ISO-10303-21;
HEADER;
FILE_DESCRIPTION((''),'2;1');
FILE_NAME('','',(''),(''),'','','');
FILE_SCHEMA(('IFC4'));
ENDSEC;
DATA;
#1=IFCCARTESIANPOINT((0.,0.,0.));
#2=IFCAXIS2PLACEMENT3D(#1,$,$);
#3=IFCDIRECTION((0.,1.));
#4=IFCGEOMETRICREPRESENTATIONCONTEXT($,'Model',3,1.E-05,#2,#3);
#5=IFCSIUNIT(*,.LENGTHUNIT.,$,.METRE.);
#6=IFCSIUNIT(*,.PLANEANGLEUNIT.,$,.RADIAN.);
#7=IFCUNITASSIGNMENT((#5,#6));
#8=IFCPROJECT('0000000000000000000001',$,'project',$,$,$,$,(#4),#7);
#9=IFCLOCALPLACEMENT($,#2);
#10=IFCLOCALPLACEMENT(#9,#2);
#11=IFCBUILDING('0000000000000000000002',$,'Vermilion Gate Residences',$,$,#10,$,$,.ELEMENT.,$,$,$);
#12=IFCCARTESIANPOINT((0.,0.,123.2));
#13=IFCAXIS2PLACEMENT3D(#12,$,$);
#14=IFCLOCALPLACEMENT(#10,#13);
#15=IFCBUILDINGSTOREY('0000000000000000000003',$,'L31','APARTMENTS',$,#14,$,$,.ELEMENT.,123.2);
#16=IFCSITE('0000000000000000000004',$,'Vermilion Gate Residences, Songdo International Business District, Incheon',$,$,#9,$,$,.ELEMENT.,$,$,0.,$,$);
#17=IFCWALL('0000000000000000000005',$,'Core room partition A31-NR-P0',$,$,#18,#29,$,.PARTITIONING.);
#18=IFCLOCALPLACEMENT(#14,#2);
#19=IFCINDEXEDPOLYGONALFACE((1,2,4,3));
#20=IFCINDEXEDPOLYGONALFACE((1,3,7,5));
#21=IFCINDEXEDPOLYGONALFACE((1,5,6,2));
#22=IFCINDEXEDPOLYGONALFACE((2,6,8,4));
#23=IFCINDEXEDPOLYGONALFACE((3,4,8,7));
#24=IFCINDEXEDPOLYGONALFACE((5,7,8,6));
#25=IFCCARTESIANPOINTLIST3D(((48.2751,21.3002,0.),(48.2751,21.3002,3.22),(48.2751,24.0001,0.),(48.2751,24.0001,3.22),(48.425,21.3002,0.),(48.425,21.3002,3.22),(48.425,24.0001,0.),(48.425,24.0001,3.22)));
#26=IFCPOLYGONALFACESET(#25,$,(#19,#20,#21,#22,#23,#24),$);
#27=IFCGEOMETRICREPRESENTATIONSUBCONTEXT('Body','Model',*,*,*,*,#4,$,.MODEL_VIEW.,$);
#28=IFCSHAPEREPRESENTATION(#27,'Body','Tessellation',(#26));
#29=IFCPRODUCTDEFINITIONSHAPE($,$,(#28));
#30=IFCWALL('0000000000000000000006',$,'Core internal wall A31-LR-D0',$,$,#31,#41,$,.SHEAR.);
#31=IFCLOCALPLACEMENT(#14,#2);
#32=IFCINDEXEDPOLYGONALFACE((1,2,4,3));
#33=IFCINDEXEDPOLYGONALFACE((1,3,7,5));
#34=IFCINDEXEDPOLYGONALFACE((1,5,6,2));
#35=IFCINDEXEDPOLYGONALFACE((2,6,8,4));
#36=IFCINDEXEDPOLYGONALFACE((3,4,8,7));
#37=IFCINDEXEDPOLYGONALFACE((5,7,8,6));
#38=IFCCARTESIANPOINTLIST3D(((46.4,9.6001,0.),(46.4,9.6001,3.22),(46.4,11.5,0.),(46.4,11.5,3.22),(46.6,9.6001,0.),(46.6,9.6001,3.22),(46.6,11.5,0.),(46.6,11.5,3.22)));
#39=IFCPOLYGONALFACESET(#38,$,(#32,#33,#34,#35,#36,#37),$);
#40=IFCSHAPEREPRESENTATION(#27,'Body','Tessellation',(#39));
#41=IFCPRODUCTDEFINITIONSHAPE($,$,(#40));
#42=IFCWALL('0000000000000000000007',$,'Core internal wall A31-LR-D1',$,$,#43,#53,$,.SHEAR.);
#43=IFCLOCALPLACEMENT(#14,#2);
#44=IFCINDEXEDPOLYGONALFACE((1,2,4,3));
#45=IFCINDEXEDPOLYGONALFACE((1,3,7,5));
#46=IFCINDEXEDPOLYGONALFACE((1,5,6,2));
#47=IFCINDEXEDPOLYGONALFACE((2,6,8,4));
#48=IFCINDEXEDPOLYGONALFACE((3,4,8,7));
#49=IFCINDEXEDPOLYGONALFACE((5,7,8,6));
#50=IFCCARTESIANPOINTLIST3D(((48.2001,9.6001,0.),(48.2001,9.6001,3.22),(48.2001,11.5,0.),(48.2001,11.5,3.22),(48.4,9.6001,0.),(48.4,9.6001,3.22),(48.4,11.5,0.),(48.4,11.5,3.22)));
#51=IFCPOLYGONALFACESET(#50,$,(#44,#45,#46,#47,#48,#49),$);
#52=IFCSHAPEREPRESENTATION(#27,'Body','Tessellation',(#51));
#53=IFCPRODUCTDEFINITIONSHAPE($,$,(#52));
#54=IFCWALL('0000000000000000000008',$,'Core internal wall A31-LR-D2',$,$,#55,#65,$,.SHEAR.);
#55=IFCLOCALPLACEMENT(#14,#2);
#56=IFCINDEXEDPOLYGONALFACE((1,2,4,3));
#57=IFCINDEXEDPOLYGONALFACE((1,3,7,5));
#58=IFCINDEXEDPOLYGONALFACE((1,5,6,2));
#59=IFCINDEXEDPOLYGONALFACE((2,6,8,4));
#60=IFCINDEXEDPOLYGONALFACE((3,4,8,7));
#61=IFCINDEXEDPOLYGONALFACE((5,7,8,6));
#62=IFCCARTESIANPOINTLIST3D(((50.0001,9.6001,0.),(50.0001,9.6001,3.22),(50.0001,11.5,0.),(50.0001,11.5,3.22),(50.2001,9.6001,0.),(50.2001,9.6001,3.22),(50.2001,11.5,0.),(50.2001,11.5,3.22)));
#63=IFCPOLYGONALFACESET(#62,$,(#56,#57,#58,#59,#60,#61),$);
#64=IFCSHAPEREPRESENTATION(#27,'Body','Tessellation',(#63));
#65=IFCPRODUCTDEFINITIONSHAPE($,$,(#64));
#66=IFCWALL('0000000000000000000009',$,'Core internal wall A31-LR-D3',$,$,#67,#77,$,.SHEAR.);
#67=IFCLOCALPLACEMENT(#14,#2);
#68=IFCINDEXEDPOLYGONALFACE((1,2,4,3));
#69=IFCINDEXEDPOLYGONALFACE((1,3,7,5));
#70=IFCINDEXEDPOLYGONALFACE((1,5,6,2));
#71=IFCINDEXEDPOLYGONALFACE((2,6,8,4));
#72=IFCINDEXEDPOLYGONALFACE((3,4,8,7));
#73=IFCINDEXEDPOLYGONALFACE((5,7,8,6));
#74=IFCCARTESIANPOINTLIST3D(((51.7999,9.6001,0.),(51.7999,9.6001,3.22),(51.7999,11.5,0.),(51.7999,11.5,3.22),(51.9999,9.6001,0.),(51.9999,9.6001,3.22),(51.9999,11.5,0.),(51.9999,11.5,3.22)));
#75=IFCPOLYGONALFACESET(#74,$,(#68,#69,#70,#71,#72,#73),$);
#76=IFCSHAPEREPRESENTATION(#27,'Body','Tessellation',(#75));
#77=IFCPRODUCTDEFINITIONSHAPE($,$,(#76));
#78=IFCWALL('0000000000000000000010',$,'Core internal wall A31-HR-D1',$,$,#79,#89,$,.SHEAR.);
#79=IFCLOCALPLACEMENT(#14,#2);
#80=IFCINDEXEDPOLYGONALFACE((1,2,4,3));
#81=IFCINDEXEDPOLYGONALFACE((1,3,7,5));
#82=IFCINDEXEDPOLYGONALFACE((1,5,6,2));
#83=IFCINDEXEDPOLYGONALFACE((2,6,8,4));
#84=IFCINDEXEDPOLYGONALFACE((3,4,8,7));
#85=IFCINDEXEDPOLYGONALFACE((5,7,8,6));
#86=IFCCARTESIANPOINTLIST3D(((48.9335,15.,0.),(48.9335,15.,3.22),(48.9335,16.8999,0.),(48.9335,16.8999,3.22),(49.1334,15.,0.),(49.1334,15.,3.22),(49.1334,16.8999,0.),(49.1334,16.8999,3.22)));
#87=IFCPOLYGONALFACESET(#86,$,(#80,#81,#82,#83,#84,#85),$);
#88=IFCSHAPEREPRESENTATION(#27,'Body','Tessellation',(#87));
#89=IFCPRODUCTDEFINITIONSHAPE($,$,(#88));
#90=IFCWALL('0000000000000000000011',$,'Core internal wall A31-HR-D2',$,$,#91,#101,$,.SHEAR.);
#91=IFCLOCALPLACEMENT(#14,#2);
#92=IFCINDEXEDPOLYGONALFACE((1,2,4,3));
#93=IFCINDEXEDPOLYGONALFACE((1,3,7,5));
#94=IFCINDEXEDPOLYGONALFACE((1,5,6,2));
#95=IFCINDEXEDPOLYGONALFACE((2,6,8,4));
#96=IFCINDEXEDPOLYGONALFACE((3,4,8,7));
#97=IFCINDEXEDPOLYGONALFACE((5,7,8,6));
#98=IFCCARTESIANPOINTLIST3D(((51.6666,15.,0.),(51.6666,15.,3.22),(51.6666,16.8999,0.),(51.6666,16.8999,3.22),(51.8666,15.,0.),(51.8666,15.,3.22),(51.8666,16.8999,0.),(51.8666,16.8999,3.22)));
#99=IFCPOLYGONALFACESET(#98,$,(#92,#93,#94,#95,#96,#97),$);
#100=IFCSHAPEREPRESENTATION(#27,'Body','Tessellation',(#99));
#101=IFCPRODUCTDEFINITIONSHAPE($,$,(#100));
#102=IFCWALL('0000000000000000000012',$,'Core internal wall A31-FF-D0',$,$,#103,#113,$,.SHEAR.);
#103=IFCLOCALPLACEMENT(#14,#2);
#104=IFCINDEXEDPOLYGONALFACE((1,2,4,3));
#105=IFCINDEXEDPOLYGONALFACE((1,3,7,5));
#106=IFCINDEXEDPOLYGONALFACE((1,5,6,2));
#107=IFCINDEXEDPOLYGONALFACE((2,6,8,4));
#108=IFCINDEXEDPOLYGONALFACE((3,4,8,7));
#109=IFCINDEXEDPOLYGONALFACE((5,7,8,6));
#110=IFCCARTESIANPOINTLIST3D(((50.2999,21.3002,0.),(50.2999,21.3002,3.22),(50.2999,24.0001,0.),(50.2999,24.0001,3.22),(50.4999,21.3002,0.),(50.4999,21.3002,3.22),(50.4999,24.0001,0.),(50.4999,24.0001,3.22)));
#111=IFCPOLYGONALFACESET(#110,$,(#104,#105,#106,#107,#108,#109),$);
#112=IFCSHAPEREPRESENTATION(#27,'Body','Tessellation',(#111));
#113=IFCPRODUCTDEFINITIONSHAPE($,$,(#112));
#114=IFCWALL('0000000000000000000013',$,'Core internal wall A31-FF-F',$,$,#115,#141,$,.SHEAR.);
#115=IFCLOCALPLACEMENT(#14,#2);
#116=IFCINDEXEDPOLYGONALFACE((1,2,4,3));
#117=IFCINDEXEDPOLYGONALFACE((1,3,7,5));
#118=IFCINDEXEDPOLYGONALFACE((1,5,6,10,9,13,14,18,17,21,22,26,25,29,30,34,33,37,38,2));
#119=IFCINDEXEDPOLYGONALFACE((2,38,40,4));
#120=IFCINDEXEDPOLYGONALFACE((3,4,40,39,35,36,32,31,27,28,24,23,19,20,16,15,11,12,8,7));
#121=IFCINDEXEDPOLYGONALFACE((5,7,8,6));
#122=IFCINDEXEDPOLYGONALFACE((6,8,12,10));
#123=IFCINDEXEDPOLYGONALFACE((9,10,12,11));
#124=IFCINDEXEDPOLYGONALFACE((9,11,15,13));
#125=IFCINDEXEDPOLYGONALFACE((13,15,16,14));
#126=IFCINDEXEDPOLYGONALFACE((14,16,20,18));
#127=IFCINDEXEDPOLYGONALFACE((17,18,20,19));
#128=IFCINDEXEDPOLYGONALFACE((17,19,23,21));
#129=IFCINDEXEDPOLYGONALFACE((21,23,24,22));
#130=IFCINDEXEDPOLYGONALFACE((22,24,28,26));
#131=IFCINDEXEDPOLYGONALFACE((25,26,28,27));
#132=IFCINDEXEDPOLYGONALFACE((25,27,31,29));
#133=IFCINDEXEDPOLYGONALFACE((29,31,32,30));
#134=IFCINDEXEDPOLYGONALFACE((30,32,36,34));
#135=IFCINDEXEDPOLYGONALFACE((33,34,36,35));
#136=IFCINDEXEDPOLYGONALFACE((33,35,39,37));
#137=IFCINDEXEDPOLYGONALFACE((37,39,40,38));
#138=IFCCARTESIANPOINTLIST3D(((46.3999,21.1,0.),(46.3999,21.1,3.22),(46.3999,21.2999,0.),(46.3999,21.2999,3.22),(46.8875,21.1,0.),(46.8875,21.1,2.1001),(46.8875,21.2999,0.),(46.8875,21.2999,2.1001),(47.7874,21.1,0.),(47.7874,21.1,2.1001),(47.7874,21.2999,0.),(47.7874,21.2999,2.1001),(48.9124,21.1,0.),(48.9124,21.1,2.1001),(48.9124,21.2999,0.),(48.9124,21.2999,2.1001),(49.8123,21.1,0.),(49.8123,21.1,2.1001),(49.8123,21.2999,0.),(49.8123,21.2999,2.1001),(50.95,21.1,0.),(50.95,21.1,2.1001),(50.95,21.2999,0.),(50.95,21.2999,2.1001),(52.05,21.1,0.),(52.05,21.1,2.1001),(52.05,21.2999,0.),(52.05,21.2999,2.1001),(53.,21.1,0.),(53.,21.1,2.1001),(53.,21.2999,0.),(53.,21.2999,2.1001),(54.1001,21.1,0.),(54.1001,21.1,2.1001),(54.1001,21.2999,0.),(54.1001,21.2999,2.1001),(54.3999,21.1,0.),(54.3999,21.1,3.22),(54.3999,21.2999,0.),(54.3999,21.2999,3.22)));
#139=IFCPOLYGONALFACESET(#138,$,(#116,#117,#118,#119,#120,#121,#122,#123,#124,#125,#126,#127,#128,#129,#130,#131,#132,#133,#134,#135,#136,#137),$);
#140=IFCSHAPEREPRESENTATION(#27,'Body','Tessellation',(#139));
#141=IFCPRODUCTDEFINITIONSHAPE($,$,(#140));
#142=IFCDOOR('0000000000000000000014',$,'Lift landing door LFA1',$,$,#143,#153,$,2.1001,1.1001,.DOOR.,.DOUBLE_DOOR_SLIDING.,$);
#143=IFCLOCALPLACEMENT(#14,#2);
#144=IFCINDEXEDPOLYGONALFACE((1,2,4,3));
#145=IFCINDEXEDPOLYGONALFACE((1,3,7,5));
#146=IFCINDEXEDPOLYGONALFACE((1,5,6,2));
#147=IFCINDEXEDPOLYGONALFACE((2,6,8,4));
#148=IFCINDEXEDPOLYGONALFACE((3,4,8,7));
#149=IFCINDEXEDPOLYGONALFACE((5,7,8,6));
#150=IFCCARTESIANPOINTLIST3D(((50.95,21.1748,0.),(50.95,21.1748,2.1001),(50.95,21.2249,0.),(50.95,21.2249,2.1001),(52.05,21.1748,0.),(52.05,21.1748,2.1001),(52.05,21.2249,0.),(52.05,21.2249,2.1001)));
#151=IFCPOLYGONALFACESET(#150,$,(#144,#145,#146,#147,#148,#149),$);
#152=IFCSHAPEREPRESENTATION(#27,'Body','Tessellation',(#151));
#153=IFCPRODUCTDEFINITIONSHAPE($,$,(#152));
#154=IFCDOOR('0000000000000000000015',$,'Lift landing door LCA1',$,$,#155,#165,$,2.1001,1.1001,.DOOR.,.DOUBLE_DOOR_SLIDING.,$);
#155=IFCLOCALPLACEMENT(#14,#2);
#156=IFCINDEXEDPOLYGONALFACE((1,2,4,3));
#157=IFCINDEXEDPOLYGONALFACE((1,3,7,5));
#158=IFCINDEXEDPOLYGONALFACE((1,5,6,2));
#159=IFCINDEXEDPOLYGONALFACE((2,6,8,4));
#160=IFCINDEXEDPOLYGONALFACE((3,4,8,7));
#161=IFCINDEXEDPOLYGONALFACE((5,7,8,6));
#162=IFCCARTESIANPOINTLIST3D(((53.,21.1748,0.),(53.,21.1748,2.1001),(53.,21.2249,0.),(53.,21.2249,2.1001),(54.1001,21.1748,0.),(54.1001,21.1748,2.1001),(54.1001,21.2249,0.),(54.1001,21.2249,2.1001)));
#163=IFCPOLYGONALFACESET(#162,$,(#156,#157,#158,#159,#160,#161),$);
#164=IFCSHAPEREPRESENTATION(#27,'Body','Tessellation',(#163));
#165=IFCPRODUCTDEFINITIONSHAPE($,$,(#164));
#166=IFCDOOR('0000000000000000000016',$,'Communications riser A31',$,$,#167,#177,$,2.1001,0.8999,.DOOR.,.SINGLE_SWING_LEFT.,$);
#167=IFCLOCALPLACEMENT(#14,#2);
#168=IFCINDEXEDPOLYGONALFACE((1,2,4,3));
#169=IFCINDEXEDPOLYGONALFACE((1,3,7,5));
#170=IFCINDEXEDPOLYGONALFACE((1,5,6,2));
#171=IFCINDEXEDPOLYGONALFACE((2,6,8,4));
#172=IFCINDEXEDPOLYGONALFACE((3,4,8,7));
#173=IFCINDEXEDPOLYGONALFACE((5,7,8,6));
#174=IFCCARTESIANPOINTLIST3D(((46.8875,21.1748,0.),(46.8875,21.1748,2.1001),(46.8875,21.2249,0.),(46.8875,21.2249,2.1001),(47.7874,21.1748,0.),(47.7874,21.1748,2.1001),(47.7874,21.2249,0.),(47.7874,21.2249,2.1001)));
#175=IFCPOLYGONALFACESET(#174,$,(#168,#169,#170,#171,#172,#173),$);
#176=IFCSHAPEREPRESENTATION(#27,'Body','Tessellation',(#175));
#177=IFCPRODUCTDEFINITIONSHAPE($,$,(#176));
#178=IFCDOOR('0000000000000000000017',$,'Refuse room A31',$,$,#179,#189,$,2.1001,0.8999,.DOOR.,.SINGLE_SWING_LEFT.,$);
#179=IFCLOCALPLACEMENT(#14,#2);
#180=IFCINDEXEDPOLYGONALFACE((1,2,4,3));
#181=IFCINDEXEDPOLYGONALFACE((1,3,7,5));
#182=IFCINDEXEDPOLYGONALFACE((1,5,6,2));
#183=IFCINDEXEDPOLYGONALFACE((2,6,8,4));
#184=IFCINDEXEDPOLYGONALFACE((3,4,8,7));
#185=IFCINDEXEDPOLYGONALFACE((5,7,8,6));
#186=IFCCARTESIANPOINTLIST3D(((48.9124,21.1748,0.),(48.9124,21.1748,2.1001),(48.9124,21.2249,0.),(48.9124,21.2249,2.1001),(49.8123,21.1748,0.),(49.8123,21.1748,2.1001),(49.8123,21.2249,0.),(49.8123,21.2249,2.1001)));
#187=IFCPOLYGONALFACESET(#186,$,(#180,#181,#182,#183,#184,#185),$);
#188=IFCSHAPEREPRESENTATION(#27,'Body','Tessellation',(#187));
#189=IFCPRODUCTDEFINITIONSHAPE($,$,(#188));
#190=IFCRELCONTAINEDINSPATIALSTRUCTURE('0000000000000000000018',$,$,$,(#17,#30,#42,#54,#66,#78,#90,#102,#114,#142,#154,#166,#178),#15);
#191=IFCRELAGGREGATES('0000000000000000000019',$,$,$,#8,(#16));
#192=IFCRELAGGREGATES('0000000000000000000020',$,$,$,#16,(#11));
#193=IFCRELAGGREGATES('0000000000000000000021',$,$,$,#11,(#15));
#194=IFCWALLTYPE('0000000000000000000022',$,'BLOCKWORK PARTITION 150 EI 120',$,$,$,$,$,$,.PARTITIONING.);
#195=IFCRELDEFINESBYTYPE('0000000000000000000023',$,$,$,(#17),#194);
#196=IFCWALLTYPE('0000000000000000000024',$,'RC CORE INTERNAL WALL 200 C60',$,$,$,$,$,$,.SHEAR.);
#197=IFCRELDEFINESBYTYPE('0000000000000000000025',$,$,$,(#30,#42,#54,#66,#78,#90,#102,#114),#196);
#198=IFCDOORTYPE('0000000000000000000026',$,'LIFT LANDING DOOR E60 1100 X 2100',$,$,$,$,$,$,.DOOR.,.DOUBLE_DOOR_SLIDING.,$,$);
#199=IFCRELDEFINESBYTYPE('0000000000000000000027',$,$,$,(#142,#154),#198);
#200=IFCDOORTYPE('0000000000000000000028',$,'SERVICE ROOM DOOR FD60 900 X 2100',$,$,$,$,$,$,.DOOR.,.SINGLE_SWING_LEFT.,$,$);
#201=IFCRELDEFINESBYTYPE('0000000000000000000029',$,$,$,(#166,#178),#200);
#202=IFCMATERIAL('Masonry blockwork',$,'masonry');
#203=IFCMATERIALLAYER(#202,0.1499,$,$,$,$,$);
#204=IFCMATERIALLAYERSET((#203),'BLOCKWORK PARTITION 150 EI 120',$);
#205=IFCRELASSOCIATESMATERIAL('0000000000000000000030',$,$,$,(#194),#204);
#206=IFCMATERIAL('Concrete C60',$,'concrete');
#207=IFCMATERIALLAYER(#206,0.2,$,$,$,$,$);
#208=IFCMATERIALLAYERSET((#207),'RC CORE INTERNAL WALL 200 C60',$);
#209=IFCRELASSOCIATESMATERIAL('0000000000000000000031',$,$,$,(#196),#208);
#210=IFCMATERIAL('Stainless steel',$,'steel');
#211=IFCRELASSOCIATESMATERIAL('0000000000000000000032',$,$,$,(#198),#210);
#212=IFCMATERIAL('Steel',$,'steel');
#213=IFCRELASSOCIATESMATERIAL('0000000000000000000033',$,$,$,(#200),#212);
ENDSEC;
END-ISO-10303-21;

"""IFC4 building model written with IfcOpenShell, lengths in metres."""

from ifc_helpers import new_model, si_unit, direction, frame, frame_2d, origin, place, context, subcontext, project, spatial, rectangle, extrude, material, layer, layer_set, type_object, element, fill, save


model = new_model("IFC4")

# Units and contexts
model_context = context("Model", 3, precision=1e-05, world=origin(), true_north=direction((0.0, 1.0)))
body_context = subcontext(model_context, "Body", "Model", "MODEL_VIEW")
ifc_project = project(units=[si_unit("LENGTHUNIT", "METRE"), si_unit("PLANEANGLEUNIT", "RADIAN")], contexts=[model_context])

# Site, building, storey
site_placement = place(None, origin())
site = spatial("IfcSite", under=ifc_project, at=site_placement, Name="Vermilion Gate Residences, Songdo International Business District, Incheon", CompositionType="ELEMENT", RefElevation=0.0)
building_placement = place(site_placement, origin())
building = spatial("IfcBuilding", under=site, at=building_placement, Name="Vermilion Gate Residences", CompositionType="ELEMENT")
storey_placement = place(building_placement, frame((0.0, 0.0, 123.2)))
storey = spatial("IfcBuildingStorey", under=building, at=storey_placement, Name="L31", Description="APARTMENTS", CompositionType="ELEMENT", Elevation=123.2)

# Walls
ifc_material_1 = material(Name="Masonry blockwork", Category="masonry")
ifc_layer_1 = layer(ifc_material_1, 0.1499)
ifc_layer_set_1 = layer_set([ifc_layer_1], Name="BLOCKWORK PARTITION 150 EI 120")
wall_type_1 = type_object("IfcWallType", Name="BLOCKWORK PARTITION 150 EI 120", PredefinedType="PARTITIONING", material=ifc_layer_set_1)
wall_1_placement = place(storey_placement, frame((48.3501, 21.3, 0.0), z_axis=(0.0, 0.0, 1.0), x_axis=(0.0, 1.0, 0.0)))
element("IfcWall", 1, at=wall_1_placement, inside=storey, type_object=wall_type_1, Name="Core room partition A31-NR-P0", PredefinedType="PARTITIONING", context=body_context, shape_type="SweptSolid", body=[
    extrude(rectangle(XDim=2.7, YDim=0.1499, at=frame_2d((1.3501, 0.0))), origin(), (0.0, 0.0, 1.0), 3.22),
])
ifc_material_2 = material(Name="Concrete C60", Category="concrete")
ifc_layer_2 = layer(ifc_material_2, 0.2)
ifc_layer_set_2 = layer_set([ifc_layer_2], Name="RC CORE INTERNAL WALL 200 C60")
wall_type_2 = type_object("IfcWallType", Name="RC CORE INTERNAL WALL 200 C60", PredefinedType="SHEAR", material=ifc_layer_set_2)
for number, where, z_axis, x_axis, name in (
    (2, (46.5, 9.6001, 0.0), (0.0, 0.0, 1.0), (0.0, 1.0, 0.0), "Core internal wall A31-LR-D0"),
    (3, (48.3, 9.6001, 0.0), (0.0, 0.0, 1.0), (0.0, 1.0, 0.0), "Core internal wall A31-LR-D1"),
    (4, (50.1001, 9.6001, 0.0), (0.0, 0.0, 1.0), (0.0, 1.0, 0.0), "Core internal wall A31-LR-D2"),
    (5, (51.8999, 9.6001, 0.0), (0.0, 0.0, 1.0), (0.0, 1.0, 0.0), "Core internal wall A31-LR-D3"),
    (6, (49.0334, 15.0, 0.0), (0.0, 0.0, 1.0), (0.0, 1.0, 0.0), "Core internal wall A31-HR-D1"),
    (7, (51.7666, 15.0, 0.0), (0.0, 0.0, 1.0), (0.0, 1.0, 0.0), "Core internal wall A31-HR-D2"),
):
    element("IfcWall", number, at=place(storey_placement, frame(where, z_axis=z_axis, x_axis=x_axis)), inside=storey, type_object=wall_type_2, Name=name, PredefinedType="SHEAR", context=body_context, shape_type="SweptSolid", body=[
        extrude(rectangle(XDim=1.8999, YDim=0.2, at=frame_2d((0.95, 0.0))), origin(), (0.0, 0.0, 1.0), 3.22),
    ])
wall_2_placement = place(storey_placement, frame((50.3999, 21.3, 0.0), z_axis=(0.0, 0.0, 1.0), x_axis=(0.0, 1.0, 0.0)))
element("IfcWall", 8, at=wall_2_placement, inside=storey, type_object=wall_type_2, Name="Core internal wall A31-FF-D0", PredefinedType="SHEAR", context=body_context, shape_type="SweptSolid", body=[
    extrude(rectangle(XDim=2.7, YDim=0.2, at=frame_2d((1.3501, 0.0))), origin(), (0.0, 0.0, 1.0), 3.22),
])

# Wall, openings, doors
wall_3_placement = place(storey_placement, frame((46.3999, 21.2, 0.0), z_axis=(0.0, 0.0, 1.0), x_axis=(1.0, 0.0, 0.0)))
wall_3 = element("IfcWall", 9, at=wall_3_placement, inside=storey, type_object=wall_type_2, Name="Core internal wall A31-FF-F", PredefinedType="SHEAR", context=body_context, shape_type="SweptSolid", body=[
    extrude(rectangle(XDim=8.0, YDim=0.2, at=frame_2d((4.0, 0.0))), origin(), (0.0, 0.0, 1.0), 3.22),
])
opening_1_placement = place(wall_3_placement, frame((0.4875, 0.0, 0.0)))
opening_1 = element("IfcOpeningElement", 10, at=opening_1_placement, cuts=wall_3, PredefinedType="OPENING", context=body_context, shape_type="SweptSolid", body=[
    extrude(rectangle(XDim=0.8999, YDim=2.1001, at=frame_2d((0.45, 1.05))), frame((0.0, 0.1099, 0.0), z_axis=(0.0, -1.0, 0.0), x_axis=(1.0, 0.0, 0.0)), (0.0, 0.0, 1.0), 0.22),
])
opening_2_placement = place(wall_3_placement, frame((2.5125, 0.0, 0.0)))
opening_2 = element("IfcOpeningElement", 11, at=opening_2_placement, cuts=wall_3, PredefinedType="OPENING", context=body_context, shape_type="SweptSolid", body=[
    extrude(rectangle(XDim=0.8999, YDim=2.1001, at=frame_2d((0.45, 1.05))), frame((0.0, 0.1099, 0.0), z_axis=(0.0, -1.0, 0.0), x_axis=(1.0, 0.0, 0.0)), (0.0, 0.0, 1.0), 0.22),
])
opening_3_placement = place(wall_3_placement, frame((4.55, 0.0, 0.0)))
opening_3 = element("IfcOpeningElement", 12, at=opening_3_placement, cuts=wall_3, PredefinedType="OPENING", context=body_context, shape_type="SweptSolid", body=[
    extrude(rectangle(XDim=1.1001, YDim=2.1001, at=frame_2d((0.55, 1.05))), frame((0.0, 0.1099, 0.0), z_axis=(0.0, -1.0, 0.0), x_axis=(1.0, 0.0, 0.0)), (0.0, 0.0, 1.0), 0.22),
])
opening_4_placement = place(wall_3_placement, frame((6.6001, 0.0, 0.0)))
opening_4 = element("IfcOpeningElement", 13, at=opening_4_placement, cuts=wall_3, PredefinedType="OPENING", context=body_context, shape_type="SweptSolid", body=[
    extrude(rectangle(XDim=1.1001, YDim=2.1001, at=frame_2d((0.55, 1.05))), frame((0.0, 0.1099, 0.0), z_axis=(0.0, -1.0, 0.0), x_axis=(1.0, 0.0, 0.0)), (0.0, 0.0, 1.0), 0.22),
])
ifc_material_3 = material(Name="Stainless steel", Category="steel")
door_type_1 = type_object("IfcDoorType", Name="LIFT LANDING DOOR E60 1100 X 2100", OperationType="DOUBLE_DOOR_SLIDING", PredefinedType="DOOR", material=ifc_material_3)
door_1_placement = place(opening_3_placement, origin())
door_1 = element("IfcDoor", 14, at=door_1_placement, inside=storey, type_object=door_type_1, Name="Lift landing door LFA1", OperationType="DOUBLE_DOOR_SLIDING", OverallHeight=2.1001, OverallWidth=1.1001, PredefinedType="DOOR", context=body_context, shape_type="SweptSolid", body=[
    extrude(rectangle(XDim=1.1001, YDim=2.1001, at=frame_2d((0.55, 1.05))), frame((0.0, 0.0249, 0.0), z_axis=(0.0, -1.0, 0.0), x_axis=(1.0, 0.0, 0.0)), (0.0, 0.0, 1.0), 0.05),
])
fill(opening_3, door_1)
door_2_placement = place(opening_4_placement, origin())
door_2 = element("IfcDoor", 15, at=door_2_placement, inside=storey, type_object=door_type_1, Name="Lift landing door LCA1", OperationType="DOUBLE_DOOR_SLIDING", OverallHeight=2.1001, OverallWidth=1.1001, PredefinedType="DOOR", context=body_context, shape_type="SweptSolid", body=[
    extrude(rectangle(XDim=1.1001, YDim=2.1001, at=frame_2d((0.55, 1.05))), frame((0.0, 0.0249, 0.0), z_axis=(0.0, -1.0, 0.0), x_axis=(1.0, 0.0, 0.0)), (0.0, 0.0, 1.0), 0.05),
])
fill(opening_4, door_2)
ifc_material_4 = material(Name="Steel", Category="steel")
door_type_2 = type_object("IfcDoorType", Name="SERVICE ROOM DOOR FD60 900 X 2100", OperationType="SINGLE_SWING_LEFT", PredefinedType="DOOR", material=ifc_material_4)
door_3_placement = place(opening_1_placement, origin())
door_3 = element("IfcDoor", 16, at=door_3_placement, inside=storey, type_object=door_type_2, Name="Communications riser A31", OperationType="SINGLE_SWING_LEFT", OverallHeight=2.1001, OverallWidth=0.8999, PredefinedType="DOOR", context=body_context, shape_type="SweptSolid", body=[
    extrude(rectangle(XDim=0.8999, YDim=2.1001, at=frame_2d((0.45, 1.05))), frame((0.0, 0.0249, 0.0), z_axis=(0.0, -1.0, 0.0), x_axis=(1.0, 0.0, 0.0)), (0.0, 0.0, 1.0), 0.05),
])
fill(opening_1, door_3)
door_4_placement = place(opening_2_placement, origin())
door_4 = element("IfcDoor", 17, at=door_4_placement, inside=storey, type_object=door_type_2, Name="Refuse room A31", OperationType="SINGLE_SWING_LEFT", OverallHeight=2.1001, OverallWidth=0.8999, PredefinedType="DOOR", context=body_context, shape_type="SweptSolid", body=[
    extrude(rectangle(XDim=0.8999, YDim=2.1001, at=frame_2d((0.45, 1.05))), frame((0.0, 0.0249, 0.0), z_axis=(0.0, -1.0, 0.0), x_axis=(1.0, 0.0, 0.0)), (0.0, 0.0, 1.0), 0.05),
])
fill(opening_2, door_4)

save(model, "model.ifc")
